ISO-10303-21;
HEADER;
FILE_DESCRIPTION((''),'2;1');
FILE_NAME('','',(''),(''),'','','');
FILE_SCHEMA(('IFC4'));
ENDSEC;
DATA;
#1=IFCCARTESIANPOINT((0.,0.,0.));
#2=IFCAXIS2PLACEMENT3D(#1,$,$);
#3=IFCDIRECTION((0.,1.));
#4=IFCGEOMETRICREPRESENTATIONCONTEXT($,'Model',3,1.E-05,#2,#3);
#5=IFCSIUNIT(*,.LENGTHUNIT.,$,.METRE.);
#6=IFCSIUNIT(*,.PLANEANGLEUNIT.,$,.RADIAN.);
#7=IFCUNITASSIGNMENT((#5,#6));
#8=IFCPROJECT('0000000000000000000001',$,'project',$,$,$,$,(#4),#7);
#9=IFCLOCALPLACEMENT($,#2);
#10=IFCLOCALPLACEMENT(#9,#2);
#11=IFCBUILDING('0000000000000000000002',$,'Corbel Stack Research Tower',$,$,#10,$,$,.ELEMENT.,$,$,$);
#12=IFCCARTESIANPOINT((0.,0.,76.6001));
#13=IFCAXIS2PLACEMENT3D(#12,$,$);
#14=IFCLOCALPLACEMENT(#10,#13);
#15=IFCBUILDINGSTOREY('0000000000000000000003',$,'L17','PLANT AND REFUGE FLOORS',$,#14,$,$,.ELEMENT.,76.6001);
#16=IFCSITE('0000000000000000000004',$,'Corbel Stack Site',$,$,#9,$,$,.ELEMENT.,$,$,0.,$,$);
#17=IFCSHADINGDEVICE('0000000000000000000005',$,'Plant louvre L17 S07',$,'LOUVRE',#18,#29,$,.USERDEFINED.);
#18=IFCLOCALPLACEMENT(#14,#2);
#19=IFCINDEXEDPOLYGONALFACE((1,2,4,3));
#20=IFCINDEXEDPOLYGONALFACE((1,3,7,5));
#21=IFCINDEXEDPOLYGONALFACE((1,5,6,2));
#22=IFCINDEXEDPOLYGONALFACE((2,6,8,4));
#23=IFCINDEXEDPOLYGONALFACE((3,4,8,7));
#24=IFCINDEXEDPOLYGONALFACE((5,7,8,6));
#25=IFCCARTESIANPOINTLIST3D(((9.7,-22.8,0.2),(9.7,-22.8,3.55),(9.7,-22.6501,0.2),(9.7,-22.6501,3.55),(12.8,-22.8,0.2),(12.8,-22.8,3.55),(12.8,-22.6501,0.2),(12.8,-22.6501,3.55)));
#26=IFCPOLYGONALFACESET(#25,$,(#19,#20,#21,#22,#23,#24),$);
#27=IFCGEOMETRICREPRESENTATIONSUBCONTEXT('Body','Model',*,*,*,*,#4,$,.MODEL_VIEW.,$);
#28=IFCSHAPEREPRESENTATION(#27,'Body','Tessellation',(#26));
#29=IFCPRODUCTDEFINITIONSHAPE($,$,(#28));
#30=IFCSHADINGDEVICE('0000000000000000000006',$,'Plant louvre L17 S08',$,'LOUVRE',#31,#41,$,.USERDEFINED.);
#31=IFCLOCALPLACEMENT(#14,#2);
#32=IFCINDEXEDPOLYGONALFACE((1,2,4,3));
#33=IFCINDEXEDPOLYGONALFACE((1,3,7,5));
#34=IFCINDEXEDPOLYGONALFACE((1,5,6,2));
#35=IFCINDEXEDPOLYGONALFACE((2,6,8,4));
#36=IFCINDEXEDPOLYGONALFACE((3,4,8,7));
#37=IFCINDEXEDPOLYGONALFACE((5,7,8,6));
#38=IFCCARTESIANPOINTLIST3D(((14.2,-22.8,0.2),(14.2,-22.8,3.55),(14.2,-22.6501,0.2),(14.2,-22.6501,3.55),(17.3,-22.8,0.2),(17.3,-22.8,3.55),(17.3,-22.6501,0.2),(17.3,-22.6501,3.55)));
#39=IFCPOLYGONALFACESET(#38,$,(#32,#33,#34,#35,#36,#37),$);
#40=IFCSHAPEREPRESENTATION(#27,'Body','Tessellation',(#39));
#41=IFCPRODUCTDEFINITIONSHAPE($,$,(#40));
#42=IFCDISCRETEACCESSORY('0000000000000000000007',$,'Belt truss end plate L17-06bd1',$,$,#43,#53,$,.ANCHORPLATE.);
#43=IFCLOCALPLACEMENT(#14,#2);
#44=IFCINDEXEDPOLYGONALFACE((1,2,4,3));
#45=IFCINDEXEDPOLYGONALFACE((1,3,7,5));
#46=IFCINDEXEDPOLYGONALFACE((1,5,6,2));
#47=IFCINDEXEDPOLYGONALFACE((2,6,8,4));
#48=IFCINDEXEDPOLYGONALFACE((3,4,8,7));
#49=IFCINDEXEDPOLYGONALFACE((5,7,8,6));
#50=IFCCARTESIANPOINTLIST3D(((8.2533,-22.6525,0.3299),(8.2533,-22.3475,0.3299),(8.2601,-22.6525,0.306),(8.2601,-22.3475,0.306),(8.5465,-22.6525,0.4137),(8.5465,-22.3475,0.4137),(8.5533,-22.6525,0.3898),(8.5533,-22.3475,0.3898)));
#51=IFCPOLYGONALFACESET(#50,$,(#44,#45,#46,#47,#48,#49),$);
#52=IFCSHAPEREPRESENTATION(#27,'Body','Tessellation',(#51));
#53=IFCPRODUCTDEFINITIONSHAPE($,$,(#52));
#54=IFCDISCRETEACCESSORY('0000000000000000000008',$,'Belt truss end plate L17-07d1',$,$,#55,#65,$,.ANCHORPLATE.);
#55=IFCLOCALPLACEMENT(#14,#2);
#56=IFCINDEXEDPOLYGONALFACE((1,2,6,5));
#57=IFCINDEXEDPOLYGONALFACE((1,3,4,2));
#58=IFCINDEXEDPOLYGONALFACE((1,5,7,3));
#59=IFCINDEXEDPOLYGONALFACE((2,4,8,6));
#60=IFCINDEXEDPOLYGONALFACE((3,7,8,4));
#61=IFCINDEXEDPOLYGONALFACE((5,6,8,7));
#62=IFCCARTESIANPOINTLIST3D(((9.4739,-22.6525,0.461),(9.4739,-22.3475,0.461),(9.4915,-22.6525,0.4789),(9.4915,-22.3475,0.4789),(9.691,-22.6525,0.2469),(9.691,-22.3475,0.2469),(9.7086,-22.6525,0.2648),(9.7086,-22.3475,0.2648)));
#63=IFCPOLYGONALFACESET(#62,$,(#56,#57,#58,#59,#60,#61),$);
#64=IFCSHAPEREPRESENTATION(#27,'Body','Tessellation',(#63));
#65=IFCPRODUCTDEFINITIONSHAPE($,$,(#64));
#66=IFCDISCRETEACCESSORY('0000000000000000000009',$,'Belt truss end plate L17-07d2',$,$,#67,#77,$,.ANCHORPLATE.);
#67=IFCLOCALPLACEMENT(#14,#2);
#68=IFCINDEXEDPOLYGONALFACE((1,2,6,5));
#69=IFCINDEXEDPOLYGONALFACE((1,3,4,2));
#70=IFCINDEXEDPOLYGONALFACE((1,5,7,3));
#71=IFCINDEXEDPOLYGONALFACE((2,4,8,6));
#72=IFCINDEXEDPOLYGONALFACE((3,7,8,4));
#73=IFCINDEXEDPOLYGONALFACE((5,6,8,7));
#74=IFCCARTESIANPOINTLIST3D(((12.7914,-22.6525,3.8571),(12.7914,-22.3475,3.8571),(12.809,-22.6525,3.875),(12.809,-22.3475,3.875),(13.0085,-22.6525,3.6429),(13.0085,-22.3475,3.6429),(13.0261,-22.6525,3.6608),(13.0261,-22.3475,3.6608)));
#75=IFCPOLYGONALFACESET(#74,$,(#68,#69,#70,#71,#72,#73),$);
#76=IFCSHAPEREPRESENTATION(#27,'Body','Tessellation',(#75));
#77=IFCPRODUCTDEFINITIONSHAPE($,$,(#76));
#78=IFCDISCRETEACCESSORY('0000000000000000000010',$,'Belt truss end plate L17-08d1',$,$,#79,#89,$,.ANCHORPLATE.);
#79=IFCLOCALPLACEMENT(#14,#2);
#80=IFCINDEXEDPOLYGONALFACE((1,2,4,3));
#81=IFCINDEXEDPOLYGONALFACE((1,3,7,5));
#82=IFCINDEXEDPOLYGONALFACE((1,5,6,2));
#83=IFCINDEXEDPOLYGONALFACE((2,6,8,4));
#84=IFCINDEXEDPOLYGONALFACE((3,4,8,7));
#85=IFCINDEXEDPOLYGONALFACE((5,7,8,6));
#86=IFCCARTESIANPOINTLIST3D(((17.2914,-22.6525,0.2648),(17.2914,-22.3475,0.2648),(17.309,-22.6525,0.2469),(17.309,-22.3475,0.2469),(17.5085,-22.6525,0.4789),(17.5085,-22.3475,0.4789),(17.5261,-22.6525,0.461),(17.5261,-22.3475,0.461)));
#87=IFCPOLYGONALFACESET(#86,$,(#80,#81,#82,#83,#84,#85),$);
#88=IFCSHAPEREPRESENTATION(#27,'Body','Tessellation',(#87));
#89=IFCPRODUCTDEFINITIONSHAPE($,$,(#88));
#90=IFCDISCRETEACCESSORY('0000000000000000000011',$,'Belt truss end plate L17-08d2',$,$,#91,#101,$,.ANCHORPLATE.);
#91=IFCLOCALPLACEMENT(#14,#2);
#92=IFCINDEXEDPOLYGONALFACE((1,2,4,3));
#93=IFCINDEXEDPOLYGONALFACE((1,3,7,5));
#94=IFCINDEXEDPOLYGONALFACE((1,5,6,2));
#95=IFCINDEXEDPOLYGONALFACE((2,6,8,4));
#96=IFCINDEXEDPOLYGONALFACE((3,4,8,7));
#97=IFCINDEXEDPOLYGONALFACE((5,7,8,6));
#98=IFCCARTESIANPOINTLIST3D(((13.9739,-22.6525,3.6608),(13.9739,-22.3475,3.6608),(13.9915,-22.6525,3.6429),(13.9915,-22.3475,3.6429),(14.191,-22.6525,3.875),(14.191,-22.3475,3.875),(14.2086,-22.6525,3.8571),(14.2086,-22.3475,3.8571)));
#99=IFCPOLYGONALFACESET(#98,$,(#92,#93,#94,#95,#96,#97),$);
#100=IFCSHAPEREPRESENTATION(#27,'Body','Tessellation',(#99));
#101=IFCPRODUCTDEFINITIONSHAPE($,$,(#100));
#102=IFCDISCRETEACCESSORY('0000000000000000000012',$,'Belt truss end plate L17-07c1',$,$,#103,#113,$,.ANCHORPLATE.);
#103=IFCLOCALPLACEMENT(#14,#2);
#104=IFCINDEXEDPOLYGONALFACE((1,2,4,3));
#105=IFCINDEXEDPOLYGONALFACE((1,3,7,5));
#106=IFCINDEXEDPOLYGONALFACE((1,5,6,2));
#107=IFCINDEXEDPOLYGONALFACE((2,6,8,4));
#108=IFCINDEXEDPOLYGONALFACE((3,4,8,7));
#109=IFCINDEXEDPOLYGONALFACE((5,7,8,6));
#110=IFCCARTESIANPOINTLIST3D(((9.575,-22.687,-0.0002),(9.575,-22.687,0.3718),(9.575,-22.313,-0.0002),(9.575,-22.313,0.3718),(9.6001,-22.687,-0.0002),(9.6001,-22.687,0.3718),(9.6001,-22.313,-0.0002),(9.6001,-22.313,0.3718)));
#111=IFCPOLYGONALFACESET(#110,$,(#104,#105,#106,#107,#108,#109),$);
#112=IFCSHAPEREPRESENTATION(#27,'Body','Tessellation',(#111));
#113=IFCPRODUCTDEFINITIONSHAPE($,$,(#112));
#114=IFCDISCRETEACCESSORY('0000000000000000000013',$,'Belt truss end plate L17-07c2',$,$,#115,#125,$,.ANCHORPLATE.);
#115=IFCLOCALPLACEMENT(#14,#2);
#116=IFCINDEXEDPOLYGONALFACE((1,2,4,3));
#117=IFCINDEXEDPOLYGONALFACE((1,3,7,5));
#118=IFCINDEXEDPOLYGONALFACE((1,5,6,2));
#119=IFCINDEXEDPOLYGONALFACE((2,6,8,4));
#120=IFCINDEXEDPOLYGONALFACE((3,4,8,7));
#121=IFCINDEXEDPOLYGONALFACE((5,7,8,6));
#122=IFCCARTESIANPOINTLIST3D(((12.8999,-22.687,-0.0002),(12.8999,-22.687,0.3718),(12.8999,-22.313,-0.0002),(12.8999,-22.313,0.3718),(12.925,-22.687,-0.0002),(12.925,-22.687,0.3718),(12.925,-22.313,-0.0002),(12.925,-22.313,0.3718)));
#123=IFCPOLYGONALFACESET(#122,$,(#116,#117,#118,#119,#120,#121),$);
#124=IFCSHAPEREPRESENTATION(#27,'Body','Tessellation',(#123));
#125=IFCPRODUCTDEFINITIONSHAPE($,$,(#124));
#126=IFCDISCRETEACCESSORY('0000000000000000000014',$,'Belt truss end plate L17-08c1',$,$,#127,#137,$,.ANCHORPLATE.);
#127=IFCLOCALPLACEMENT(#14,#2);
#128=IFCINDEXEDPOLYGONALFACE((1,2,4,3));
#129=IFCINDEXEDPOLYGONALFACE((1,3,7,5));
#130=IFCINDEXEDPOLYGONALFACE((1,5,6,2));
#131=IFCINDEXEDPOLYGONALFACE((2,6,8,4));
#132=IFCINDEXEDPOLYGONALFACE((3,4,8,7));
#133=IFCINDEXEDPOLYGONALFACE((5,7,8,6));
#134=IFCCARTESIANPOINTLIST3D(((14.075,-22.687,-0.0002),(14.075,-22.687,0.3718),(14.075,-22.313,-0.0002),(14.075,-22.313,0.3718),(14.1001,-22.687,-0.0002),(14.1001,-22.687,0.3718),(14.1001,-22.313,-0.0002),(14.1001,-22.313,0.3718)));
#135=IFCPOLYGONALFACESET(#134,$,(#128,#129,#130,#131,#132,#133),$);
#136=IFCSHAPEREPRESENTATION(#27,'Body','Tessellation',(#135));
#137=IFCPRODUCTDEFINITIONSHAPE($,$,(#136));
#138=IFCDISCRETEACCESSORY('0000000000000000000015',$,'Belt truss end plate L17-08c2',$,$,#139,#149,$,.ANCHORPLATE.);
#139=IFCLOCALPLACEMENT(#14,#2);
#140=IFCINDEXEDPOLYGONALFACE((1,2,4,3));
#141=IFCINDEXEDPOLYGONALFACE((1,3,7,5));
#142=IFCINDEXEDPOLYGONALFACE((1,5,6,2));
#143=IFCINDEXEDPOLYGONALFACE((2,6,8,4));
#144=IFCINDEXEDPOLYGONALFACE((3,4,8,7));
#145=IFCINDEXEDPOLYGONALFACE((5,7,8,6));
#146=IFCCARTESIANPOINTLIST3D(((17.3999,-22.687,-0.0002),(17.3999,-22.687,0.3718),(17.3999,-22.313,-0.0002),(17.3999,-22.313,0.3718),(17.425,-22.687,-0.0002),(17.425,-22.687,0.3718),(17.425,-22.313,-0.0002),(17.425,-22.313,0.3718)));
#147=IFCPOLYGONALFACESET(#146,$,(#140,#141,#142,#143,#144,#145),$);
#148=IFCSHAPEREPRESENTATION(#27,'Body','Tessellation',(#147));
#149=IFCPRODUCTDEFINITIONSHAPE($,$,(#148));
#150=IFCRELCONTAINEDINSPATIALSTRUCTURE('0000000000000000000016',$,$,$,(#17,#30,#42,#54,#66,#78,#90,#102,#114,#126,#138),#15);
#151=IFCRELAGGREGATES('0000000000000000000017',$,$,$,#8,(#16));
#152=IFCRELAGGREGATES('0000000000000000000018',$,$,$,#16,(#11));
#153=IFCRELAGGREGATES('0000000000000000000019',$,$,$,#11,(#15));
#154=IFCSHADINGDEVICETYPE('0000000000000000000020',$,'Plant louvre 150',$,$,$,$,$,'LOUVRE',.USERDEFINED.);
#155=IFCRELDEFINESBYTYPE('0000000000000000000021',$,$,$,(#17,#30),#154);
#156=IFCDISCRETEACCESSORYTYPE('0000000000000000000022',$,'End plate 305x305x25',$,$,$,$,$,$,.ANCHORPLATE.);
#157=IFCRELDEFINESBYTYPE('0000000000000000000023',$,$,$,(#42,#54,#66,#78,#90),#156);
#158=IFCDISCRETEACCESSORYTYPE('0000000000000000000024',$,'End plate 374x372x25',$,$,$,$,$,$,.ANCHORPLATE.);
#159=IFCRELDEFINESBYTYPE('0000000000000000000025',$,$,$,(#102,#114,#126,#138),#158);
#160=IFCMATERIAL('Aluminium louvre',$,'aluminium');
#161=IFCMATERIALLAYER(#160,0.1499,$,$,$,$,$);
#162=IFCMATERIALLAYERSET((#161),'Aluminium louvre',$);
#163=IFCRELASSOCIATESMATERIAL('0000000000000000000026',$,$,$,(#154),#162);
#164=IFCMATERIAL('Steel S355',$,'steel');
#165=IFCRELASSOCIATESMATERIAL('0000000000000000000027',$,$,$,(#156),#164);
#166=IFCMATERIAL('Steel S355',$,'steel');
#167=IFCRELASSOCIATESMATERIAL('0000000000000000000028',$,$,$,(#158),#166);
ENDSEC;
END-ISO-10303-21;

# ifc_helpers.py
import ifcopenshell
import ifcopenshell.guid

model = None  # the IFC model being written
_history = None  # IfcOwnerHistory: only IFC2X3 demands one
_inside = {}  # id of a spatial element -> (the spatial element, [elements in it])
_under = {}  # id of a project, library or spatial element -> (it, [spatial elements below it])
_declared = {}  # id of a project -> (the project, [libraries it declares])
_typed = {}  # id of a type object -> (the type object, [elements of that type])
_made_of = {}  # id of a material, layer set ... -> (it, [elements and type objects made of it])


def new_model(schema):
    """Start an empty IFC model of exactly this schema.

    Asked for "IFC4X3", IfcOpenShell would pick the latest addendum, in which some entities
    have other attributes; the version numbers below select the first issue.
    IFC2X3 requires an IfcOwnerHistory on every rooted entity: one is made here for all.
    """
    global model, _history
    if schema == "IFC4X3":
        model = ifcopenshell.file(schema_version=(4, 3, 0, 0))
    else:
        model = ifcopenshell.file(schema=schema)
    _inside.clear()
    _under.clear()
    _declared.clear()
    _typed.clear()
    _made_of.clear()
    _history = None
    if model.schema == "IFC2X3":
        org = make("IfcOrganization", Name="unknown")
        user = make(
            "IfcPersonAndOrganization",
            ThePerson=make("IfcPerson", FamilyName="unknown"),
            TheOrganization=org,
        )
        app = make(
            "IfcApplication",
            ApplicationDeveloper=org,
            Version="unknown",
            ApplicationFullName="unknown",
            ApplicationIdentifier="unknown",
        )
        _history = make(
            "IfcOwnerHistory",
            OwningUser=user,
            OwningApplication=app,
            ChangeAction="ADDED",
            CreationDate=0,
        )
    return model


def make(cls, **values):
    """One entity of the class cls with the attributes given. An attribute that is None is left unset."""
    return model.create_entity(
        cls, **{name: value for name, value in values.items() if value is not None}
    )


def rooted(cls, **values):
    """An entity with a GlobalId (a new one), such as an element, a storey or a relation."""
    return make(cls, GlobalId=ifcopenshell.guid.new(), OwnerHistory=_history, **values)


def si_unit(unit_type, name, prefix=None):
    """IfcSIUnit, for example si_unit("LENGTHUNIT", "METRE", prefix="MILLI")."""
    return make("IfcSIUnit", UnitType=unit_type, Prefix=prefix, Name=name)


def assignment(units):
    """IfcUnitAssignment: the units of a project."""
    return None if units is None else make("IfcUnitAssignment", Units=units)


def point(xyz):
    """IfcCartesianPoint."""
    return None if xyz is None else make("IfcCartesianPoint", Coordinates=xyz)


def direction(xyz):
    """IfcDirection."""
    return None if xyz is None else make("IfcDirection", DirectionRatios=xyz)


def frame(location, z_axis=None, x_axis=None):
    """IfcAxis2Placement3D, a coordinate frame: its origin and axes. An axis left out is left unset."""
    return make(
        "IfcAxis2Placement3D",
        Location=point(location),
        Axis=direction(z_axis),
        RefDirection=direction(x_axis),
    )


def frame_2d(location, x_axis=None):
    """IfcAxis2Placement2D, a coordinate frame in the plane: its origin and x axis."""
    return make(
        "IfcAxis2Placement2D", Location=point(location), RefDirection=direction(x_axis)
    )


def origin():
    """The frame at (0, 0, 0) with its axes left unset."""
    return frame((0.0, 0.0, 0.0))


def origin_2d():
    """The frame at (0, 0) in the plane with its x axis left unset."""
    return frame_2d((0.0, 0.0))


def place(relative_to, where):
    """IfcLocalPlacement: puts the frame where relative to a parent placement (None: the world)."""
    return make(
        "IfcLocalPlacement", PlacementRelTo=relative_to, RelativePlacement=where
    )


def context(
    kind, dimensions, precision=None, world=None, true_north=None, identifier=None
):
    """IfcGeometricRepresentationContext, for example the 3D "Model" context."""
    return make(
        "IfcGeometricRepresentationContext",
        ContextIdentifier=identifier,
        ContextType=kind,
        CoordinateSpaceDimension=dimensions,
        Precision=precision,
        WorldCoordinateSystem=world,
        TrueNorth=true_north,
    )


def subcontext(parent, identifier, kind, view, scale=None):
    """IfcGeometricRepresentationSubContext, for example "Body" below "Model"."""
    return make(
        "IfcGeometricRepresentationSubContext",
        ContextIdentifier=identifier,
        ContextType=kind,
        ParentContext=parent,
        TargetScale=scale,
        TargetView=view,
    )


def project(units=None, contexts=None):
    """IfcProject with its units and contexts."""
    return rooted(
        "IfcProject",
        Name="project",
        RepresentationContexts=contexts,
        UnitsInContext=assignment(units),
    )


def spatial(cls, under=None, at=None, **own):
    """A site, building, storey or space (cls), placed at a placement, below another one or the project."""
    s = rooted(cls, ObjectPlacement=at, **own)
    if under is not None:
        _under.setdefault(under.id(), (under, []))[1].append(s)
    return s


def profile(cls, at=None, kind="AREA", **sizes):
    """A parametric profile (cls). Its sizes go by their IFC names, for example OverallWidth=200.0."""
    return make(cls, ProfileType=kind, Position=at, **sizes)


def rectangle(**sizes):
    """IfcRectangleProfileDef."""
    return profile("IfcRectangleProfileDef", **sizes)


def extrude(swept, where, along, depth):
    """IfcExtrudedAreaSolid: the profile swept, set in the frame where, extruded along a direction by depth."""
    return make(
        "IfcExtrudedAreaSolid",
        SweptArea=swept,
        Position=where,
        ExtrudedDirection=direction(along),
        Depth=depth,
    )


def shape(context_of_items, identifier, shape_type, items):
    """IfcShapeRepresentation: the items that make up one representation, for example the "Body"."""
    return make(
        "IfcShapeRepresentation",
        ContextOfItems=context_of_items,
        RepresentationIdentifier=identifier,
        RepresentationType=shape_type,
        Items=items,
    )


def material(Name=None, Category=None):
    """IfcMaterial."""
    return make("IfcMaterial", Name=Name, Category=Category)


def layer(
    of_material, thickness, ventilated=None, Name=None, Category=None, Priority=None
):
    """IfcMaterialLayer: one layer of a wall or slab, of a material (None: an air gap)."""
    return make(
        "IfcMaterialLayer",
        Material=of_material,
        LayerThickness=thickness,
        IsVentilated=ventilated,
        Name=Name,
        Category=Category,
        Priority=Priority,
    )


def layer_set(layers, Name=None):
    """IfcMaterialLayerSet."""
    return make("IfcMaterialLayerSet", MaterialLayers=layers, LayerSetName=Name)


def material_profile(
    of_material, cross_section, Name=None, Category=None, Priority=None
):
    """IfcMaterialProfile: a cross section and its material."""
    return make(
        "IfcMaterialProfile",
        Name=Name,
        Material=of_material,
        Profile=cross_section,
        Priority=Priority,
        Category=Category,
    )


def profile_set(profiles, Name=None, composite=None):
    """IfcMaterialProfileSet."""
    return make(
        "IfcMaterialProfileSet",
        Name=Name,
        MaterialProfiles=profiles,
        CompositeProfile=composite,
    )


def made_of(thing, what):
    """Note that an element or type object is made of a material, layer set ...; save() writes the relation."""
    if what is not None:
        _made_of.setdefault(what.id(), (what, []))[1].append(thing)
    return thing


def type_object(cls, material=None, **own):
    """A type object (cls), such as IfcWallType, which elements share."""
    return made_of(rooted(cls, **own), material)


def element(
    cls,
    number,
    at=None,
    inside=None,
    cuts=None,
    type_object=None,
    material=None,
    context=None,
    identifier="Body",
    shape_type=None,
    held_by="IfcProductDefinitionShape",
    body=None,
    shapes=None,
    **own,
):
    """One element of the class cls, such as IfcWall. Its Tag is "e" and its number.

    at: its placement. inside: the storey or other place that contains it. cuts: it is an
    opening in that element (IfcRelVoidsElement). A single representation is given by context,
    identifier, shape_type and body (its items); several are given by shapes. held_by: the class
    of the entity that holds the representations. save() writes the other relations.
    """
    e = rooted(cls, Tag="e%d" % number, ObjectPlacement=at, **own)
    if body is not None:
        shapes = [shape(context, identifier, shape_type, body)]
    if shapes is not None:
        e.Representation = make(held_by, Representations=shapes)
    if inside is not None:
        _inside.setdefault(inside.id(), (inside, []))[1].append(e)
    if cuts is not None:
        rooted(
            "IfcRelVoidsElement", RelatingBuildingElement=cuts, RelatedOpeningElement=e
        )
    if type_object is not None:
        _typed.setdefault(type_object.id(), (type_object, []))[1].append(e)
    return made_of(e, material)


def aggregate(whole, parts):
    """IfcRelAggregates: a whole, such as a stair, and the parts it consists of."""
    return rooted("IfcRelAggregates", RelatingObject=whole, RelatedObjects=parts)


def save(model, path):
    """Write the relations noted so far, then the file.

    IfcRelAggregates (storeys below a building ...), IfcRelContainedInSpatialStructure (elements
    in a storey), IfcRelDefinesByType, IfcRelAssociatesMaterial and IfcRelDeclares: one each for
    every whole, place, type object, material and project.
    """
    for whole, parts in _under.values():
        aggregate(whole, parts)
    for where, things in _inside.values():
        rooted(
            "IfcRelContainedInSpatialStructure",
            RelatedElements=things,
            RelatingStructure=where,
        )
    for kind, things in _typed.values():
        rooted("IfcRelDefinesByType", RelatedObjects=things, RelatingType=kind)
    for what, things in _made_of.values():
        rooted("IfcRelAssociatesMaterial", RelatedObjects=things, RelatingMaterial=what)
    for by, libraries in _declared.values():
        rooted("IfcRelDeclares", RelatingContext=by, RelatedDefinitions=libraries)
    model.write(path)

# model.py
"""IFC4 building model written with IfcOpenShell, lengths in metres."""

from ifc_helpers import new_model, si_unit, direction, frame, origin, origin_2d, place, context, subcontext, project, spatial, rectangle, extrude, material, layer, layer_set, material_profile, profile_set, type_object, element, save


model = new_model("IFC4")

# Units and contexts
model_context = context("Model", 3, precision=1e-05, world=origin(), true_north=direction((0.0, 1.0)))
body_context = subcontext(model_context, "Body", "Model", "MODEL_VIEW")
ifc_project = project(units=[si_unit("LENGTHUNIT", "METRE"), si_unit("PLANEANGLEUNIT", "RADIAN")], contexts=[model_context])

# Site, building, storey
site_placement = place(None, origin())
site = spatial("IfcSite", under=ifc_project, at=site_placement, Name="Corbel Stack Site", CompositionType="ELEMENT", RefElevation=0.0)
building_placement = place(site_placement, origin())
building = spatial("IfcBuilding", under=site, at=building_placement, Name="Corbel Stack Research Tower", CompositionType="ELEMENT")
storey_placement = place(building_placement, frame((0.0, 0.0, 76.6001)))
storey = spatial("IfcBuildingStorey", under=building, at=storey_placement, Name="L17", Description="PLANT AND REFUGE FLOORS", CompositionType="ELEMENT", Elevation=76.6001)

# Shading devices
ifc_material_1 = material(Name="Aluminium louvre", Category="aluminium")
ifc_layer_1 = layer(ifc_material_1, 0.1499)
ifc_layer_set_1 = layer_set([ifc_layer_1], Name="Aluminium louvre")
shading_device_type = type_object("IfcShadingDeviceType", Name="Plant louvre 150", ElementType="LOUVRE", PredefinedType="USERDEFINED", material=ifc_layer_set_1)
for number, where, z_axis, x_axis, name in (
    (1, (11.25, -22.7251, 0.2), (0.0, 0.0, 1.0), (1.0, 0.0, 0.0), "Plant louvre L17 S07"),
    (2, (15.75, -22.7251, 0.2), (0.0, 0.0, 1.0), (1.0, 0.0, 0.0), "Plant louvre L17 S08"),
):
    element("IfcShadingDevice", number, at=place(storey_placement, frame(where, z_axis=z_axis, x_axis=x_axis)), inside=storey, type_object=shading_device_type, Name=name, ObjectType="LOUVRE", PredefinedType="USERDEFINED", context=body_context, shape_type="SweptSolid", body=[
        extrude(rectangle(XDim=3.1001, YDim=0.1499, at=origin_2d()), origin(), (0.0, 0.0, 1.0), 3.3501),
    ])

# Discrete accessories
ifc_material_2 = material(Name="Steel S355", Category="steel")
ifc_material_profile_1 = material_profile(ifc_material_2, rectangle(XDim=0.3049, YDim=0.3049, at=origin_2d()), Name="End plate 305x305x25")
ifc_profile_set_1 = profile_set([ifc_material_profile_1], Name="Steel S355")
discrete_accessory_type_1 = type_object("IfcDiscreteAccessoryType", Name="End plate 305x305x25", PredefinedType="ANCHORPLATE", material=ifc_profile_set_1)
discrete_accessory_placement = place(storey_placement, frame((8.3999, -22.5, 0.3718), z_axis=(0.274721, 0.0, -0.961524), x_axis=(0.0, 1.0, 0.0)))
element("IfcDiscreteAccessory", 3, at=discrete_accessory_placement, inside=storey, type_object=discrete_accessory_type_1, Name="Belt truss end plate L17-06bd1", PredefinedType="ANCHORPLATE", context=body_context, shape_type="SweptSolid", body=[
    extrude(rectangle(XDim=0.3049, YDim=0.3049, at=origin_2d()), origin(), (0.0, 0.0, 1.0), 0.0249),
])
for number, where, z_axis, x_axis, name in (
    (4, (9.6001, -22.5, 0.3718), (-0.702213, 0.0, -0.711966), (0.0, -1.0, 0.0), "Belt truss end plate L17-07d1"),
    (5, (12.8999, -22.5, 3.75), (0.702213, 0.0, 0.711966), (0.0, 1.0, 0.0), "Belt truss end plate L17-07d2"),
    (6, (17.3999, -22.5, 0.3718), (0.702213, 0.0, -0.711966), (0.0, 1.0, 0.0), "Belt truss end plate L17-08d1"),
    (7, (14.1001, -22.5, 3.75), (-0.702213, 0.0, 0.711966), (0.0, -1.0, 0.0), "Belt truss end plate L17-08d2"),
):
    element("IfcDiscreteAccessory", number, at=place(storey_placement, frame(where, z_axis=z_axis, x_axis=x_axis)), inside=storey, type_object=discrete_accessory_type_1, Name=name, PredefinedType="ANCHORPLATE", context=body_context, shape_type="SweptSolid", body=[
        extrude(rectangle(XDim=0.3049, YDim=0.3049, at=origin_2d()), origin(), (0.0, 0.0, 1.0), 0.0251),
    ])
ifc_material_3 = material(Name="Steel S355", Category="steel")
ifc_material_profile_2 = material_profile(ifc_material_3, rectangle(XDim=0.374, YDim=0.3721, at=origin_2d()), Name="End plate 374x372x25")
ifc_profile_set_2 = profile_set([ifc_material_profile_2], Name="Steel S355")
discrete_accessory_type_2 = type_object("IfcDiscreteAccessoryType", Name="End plate 374x372x25", PredefinedType="ANCHORPLATE", material=ifc_profile_set_2)
for number, where, z_axis, x_axis, name in (
    (8, (9.6001, -22.5, 0.1858), (-1.0, 0.0, 0.0), (0.0, -1.0, 0.0), "Belt truss end plate L17-07c1"),
    (9, (12.8999, -22.5, 0.1858), (1.0, 0.0, 0.0), (0.0, 1.0, 0.0), "Belt truss end plate L17-07c2"),
    (10, (14.1001, -22.5, 0.1858), (-1.0, 0.0, 0.0), (0.0, -1.0, 0.0), "Belt truss end plate L17-08c1"),
    (11, (17.3999, -22.5, 0.1858), (1.0, 0.0, 0.0), (0.0, 1.0, 0.0), "Belt truss end plate L17-08c2"),
):
    element("IfcDiscreteAccessory", number, at=place(storey_placement, frame(where, z_axis=z_axis, x_axis=x_axis)), inside=storey, type_object=discrete_accessory_type_2, Name=name, PredefinedType="ANCHORPLATE", context=body_context, shape_type="SweptSolid", body=[
        extrude(rectangle(XDim=0.374, YDim=0.3721, at=origin_2d()), origin(), (0.0, 0.0, 1.0), 0.0251),
    ])

save(model, "model.ifc")
